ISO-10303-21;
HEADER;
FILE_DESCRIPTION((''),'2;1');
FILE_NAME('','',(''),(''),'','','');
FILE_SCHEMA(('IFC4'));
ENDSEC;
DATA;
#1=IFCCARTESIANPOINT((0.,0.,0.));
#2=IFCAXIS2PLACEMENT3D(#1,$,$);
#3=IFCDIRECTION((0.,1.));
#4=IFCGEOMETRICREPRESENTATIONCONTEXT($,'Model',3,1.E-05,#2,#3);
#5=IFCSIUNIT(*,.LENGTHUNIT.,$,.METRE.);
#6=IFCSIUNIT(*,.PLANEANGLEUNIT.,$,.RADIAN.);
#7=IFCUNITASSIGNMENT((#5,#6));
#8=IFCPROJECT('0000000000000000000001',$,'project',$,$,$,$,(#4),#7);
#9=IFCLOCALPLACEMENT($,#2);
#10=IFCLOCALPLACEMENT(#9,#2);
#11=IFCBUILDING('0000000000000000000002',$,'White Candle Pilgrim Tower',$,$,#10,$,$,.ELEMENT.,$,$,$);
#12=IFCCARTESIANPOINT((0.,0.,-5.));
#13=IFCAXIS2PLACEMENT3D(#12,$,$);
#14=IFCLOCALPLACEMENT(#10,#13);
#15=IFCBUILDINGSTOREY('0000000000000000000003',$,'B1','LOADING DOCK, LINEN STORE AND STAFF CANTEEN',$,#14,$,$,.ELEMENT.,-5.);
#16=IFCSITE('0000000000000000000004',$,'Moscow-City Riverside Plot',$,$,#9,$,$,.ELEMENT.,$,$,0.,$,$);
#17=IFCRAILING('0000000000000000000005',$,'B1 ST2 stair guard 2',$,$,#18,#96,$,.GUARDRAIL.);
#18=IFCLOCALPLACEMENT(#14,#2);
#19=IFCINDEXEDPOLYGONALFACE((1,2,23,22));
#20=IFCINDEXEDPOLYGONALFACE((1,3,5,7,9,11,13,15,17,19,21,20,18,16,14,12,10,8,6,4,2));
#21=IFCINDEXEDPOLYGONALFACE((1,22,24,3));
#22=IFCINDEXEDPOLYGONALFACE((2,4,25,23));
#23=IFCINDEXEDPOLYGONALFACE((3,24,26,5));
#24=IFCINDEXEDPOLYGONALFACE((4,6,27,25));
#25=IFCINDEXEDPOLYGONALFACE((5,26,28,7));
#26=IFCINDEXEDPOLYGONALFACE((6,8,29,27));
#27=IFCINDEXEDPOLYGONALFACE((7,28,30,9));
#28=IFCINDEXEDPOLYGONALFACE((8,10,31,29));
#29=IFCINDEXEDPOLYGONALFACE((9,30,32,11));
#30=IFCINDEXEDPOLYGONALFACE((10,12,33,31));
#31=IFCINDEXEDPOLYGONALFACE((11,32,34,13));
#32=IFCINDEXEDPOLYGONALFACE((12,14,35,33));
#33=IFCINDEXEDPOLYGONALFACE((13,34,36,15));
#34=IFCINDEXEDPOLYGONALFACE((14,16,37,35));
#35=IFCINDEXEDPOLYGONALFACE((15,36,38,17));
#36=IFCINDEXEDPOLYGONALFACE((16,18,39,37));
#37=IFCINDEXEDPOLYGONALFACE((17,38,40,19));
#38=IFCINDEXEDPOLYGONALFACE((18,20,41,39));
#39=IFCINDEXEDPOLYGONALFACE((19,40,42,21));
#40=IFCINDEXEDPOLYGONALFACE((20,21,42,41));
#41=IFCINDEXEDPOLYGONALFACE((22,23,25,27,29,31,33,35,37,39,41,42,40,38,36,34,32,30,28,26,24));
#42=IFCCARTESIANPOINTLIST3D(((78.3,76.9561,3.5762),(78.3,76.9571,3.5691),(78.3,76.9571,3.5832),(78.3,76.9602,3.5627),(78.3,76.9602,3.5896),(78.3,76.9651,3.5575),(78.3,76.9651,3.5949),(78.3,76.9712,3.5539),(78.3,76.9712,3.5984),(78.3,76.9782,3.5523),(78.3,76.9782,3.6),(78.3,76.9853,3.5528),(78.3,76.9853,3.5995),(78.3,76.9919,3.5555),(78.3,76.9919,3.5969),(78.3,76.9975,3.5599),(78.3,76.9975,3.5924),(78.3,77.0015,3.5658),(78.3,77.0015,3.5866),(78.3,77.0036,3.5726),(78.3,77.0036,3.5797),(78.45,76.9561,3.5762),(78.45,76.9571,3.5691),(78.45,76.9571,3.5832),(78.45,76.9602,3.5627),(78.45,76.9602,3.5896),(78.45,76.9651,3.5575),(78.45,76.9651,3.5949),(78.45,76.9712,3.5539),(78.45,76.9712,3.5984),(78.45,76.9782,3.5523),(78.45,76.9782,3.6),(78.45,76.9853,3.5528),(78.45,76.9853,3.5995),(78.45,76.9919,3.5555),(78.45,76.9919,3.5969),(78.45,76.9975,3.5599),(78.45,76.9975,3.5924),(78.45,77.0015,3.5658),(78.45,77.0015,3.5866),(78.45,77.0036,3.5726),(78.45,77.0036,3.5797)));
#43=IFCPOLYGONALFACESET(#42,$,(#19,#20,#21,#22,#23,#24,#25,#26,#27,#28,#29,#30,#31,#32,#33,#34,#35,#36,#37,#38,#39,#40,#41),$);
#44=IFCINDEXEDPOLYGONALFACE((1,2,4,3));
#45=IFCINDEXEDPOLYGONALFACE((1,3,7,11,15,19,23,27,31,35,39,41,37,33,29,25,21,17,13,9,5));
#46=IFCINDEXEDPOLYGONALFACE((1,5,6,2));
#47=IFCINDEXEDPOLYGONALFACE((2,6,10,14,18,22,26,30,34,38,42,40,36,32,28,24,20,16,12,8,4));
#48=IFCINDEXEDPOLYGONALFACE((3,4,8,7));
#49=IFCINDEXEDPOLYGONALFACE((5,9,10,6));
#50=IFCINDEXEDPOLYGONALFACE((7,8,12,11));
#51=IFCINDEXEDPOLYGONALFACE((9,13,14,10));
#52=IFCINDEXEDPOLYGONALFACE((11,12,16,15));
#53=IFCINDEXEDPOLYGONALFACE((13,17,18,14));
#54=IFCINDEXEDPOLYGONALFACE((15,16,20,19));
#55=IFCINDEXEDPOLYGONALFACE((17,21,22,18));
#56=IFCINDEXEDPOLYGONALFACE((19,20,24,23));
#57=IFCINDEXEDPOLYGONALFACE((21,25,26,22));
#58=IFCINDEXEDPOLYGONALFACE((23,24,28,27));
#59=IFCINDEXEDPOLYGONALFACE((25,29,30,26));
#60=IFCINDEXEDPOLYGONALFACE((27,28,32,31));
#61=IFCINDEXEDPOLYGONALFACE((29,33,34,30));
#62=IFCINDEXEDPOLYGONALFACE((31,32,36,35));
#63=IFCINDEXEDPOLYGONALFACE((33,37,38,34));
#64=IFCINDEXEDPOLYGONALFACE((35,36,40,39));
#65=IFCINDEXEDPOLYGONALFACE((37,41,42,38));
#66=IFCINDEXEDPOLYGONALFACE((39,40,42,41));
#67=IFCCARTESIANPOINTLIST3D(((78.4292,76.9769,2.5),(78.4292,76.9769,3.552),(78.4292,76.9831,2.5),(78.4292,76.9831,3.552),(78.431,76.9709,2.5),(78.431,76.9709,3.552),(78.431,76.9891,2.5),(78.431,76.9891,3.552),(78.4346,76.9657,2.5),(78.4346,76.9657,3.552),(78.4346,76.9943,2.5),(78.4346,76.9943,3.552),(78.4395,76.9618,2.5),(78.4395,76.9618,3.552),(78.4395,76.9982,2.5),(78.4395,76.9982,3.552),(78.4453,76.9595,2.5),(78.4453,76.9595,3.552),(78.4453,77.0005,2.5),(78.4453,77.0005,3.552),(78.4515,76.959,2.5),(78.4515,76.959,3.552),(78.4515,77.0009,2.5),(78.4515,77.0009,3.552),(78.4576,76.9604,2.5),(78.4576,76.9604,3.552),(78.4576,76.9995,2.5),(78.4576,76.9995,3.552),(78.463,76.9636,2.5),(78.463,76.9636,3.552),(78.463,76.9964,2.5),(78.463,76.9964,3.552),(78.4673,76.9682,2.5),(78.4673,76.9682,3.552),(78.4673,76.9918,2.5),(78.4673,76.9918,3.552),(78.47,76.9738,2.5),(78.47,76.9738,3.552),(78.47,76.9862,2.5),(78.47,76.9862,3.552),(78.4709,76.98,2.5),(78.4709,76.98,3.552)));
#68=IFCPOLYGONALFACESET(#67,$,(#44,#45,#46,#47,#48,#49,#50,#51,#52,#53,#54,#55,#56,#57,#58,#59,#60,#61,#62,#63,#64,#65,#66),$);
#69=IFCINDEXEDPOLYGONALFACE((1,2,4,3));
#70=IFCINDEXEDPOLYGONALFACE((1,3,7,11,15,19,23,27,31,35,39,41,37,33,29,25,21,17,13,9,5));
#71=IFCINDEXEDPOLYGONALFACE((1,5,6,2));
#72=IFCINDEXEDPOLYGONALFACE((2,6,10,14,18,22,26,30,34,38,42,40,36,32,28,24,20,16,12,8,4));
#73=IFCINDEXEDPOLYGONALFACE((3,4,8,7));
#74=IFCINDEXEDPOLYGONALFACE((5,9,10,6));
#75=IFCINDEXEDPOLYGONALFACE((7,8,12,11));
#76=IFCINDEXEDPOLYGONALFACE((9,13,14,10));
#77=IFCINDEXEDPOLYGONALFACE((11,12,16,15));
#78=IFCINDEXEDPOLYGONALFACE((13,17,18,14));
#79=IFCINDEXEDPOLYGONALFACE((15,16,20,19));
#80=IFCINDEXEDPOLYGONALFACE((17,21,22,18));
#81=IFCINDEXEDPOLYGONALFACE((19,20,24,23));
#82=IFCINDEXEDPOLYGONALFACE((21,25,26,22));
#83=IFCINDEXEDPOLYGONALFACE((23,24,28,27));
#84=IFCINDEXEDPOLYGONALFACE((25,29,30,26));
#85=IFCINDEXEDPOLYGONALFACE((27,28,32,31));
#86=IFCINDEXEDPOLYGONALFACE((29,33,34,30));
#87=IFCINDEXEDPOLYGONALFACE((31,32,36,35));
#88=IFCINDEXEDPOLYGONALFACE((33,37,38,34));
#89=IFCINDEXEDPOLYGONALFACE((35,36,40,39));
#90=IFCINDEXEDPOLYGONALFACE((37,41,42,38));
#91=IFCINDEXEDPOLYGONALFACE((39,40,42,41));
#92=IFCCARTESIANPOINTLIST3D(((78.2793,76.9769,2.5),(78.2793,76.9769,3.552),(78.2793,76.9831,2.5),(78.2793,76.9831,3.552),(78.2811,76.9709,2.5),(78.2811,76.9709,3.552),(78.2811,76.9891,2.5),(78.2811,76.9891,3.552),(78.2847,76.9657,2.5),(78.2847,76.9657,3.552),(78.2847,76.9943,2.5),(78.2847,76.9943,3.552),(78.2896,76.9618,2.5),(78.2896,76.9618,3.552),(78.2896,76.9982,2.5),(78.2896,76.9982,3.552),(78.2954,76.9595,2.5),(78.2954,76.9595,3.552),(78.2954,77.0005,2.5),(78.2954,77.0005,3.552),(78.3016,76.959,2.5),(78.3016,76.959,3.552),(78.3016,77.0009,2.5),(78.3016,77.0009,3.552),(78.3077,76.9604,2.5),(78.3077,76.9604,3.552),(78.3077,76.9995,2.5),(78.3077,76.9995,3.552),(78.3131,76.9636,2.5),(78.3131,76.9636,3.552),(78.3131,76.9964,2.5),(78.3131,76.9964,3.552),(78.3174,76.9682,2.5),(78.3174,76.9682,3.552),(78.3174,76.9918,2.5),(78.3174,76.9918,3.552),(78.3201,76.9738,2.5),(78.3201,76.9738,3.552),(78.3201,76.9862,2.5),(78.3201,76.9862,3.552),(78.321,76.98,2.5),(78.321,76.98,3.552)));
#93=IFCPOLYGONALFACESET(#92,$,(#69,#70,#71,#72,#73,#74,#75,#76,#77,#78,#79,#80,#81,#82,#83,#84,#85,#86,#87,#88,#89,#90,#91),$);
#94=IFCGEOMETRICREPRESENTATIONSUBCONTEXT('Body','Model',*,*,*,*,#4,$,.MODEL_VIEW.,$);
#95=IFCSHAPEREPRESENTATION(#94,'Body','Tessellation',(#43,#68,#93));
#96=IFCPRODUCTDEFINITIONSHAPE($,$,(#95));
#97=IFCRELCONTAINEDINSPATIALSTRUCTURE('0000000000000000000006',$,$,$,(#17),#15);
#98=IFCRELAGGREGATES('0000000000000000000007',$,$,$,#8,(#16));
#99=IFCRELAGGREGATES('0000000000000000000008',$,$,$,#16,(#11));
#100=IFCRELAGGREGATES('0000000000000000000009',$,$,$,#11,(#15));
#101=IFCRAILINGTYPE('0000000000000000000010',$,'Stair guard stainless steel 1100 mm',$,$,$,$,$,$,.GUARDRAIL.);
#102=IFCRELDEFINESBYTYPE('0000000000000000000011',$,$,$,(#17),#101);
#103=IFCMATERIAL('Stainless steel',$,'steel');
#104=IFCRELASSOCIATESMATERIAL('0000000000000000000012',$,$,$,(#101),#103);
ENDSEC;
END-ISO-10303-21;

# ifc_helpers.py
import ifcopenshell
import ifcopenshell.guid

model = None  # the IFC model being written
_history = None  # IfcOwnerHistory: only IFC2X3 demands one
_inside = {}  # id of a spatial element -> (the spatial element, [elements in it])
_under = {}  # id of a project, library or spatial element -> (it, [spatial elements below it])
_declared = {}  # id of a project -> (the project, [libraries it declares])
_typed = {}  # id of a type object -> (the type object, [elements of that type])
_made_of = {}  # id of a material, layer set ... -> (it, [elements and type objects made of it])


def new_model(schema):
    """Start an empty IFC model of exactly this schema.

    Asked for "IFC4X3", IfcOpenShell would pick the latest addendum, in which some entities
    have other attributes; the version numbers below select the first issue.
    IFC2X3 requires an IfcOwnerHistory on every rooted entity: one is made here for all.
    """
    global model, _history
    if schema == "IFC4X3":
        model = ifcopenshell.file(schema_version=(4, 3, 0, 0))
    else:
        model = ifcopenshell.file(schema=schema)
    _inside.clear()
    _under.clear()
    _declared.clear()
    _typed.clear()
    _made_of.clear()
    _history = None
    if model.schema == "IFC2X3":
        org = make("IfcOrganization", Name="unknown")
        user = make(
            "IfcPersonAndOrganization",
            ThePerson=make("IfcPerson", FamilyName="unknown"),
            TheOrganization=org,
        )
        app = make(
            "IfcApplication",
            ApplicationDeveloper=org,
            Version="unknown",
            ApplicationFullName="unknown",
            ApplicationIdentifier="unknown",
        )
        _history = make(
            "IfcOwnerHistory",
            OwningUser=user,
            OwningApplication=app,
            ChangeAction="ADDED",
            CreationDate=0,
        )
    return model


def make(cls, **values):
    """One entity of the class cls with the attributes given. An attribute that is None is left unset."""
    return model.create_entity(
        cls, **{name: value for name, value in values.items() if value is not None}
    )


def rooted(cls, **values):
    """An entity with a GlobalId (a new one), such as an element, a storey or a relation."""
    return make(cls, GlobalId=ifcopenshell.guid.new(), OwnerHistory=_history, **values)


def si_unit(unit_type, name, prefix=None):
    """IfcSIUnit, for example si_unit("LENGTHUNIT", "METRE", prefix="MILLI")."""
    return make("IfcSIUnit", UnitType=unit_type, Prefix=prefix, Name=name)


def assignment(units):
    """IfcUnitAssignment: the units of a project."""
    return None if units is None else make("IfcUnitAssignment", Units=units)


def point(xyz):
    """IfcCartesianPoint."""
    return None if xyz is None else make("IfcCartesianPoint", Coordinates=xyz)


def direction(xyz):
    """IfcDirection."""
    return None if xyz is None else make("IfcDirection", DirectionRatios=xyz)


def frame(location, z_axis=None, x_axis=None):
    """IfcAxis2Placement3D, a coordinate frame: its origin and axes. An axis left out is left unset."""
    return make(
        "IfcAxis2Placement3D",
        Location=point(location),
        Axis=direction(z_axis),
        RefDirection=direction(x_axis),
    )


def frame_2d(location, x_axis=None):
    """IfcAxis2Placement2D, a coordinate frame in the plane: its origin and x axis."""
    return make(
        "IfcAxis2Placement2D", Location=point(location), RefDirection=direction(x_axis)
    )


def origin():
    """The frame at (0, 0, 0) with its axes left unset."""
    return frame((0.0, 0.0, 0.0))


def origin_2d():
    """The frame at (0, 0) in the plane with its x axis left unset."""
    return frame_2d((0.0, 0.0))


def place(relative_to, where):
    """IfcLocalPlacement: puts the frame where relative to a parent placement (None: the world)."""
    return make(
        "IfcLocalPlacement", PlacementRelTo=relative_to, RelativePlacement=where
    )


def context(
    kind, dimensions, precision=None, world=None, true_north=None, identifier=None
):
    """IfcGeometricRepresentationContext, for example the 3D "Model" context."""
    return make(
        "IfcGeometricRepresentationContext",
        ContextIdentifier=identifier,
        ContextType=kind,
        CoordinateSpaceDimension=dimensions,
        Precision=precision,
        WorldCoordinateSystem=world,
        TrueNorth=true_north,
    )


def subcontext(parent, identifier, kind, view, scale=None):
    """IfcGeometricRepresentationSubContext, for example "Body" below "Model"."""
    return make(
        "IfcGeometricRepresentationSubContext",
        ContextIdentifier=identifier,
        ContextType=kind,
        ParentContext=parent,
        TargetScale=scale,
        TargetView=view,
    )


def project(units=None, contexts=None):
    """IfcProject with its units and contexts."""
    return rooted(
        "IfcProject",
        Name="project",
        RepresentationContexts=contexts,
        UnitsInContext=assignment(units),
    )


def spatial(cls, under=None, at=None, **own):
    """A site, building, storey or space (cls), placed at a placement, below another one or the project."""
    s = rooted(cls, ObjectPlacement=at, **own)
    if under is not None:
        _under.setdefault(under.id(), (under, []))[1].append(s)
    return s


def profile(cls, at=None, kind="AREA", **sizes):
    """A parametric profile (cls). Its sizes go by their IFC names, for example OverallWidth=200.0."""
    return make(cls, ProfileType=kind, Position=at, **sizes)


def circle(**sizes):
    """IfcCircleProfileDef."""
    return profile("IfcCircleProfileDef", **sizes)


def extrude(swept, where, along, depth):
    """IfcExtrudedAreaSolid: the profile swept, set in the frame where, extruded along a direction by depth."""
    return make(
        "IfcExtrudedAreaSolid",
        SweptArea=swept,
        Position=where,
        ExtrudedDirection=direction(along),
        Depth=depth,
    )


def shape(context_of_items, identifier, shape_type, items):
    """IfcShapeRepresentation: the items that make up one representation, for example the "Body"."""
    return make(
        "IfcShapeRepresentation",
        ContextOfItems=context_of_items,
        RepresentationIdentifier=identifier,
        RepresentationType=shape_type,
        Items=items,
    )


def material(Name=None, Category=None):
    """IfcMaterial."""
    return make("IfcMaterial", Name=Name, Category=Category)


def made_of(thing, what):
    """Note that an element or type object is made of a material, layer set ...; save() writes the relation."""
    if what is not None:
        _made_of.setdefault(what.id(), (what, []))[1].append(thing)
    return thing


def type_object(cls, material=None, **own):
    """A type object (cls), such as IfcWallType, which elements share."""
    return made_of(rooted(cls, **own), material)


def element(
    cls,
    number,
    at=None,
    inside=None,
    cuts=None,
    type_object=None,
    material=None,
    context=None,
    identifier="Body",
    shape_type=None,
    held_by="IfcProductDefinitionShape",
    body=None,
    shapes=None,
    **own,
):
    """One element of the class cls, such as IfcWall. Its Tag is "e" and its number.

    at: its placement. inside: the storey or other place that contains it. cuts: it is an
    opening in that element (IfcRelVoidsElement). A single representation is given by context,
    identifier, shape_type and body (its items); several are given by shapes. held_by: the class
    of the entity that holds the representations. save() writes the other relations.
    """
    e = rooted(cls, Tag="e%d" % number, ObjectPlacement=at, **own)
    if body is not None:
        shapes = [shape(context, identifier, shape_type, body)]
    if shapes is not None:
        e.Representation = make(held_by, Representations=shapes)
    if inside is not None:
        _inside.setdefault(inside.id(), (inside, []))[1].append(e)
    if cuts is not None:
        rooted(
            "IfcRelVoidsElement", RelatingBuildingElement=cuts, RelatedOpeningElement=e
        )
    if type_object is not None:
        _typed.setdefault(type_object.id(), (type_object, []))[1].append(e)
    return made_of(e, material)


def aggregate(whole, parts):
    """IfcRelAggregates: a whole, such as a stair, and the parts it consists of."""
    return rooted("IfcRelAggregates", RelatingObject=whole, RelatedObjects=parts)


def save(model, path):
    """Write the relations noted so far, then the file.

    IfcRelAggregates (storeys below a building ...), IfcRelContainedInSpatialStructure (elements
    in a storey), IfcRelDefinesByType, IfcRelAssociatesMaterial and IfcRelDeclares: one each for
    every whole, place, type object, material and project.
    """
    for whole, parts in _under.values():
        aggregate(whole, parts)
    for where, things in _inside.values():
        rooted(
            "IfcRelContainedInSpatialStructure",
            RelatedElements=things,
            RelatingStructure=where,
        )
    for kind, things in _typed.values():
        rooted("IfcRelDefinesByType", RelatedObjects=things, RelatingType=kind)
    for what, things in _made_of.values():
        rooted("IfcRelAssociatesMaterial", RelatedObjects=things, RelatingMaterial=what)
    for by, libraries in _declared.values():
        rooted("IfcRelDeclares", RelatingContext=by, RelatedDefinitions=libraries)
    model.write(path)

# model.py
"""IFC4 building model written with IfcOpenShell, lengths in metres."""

from ifc_helpers import new_model, si_unit, direction, frame, origin, origin_2d, place, context, subcontext, project, spatial, circle, extrude, material, type_object, element, save


model = new_model("IFC4")

# Units and contexts
model_context = context("Model", 3, precision=1e-05, world=origin(), true_north=direction((0.0, 1.0)))
body_context = subcontext(model_context, "Body", "Model", "MODEL_VIEW")
ifc_project = project(units=[si_unit("LENGTHUNIT", "METRE"), si_unit("PLANEANGLEUNIT", "RADIAN")], contexts=[model_context])

# Site, building, storey
site_placement = place(None, origin())
site = spatial("IfcSite", under=ifc_project, at=site_placement, Name="Moscow-City Riverside Plot", CompositionType="ELEMENT", RefElevation=0.0)
building_placement = place(site_placement, origin())
building = spatial("IfcBuilding", under=site, at=building_placement, Name="White Candle Pilgrim Tower", CompositionType="ELEMENT")
storey_placement = place(building_placement, frame((0.0, 0.0, -5.0)))
storey = spatial("IfcBuildingStorey", under=building, at=storey_placement, Name="B1", Description="LOADING DOCK, LINEN STORE AND STAFF CANTEEN", CompositionType="ELEMENT", Elevation=-5.0)

# Railing
ifc_material_1 = material(Name="Stainless steel", Category="steel")
railing_type_1 = type_object("IfcRailingType", Name="Stair guard stainless steel 1100 mm", PredefinedType="GUARDRAIL", material=ifc_material_1)
railing_1_placement = place(storey_placement, frame((78.45, 76.98, 2.5)))
element("IfcRailing", 1, at=railing_1_placement, inside=storey, type_object=railing_type_1, Name="B1 ST2 stair guard 2", PredefinedType="GUARDRAIL", context=body_context, shape_type="SweptSolid", body=[
    extrude(circle(Radius=0.0239, at=origin_2d()), frame((0.0, 0.0, 1.0762), z_axis=(-1.0, 0.0, 0.0), x_axis=(0.0, -1.0, 0.0)), (0.0, 0.0, 1.0), 0.1499),
    extrude(circle(Radius=0.021, at=origin_2d()), origin(), (0.0, 0.0, 1.0), 1.052),
    extrude(circle(Radius=0.021, at=origin_2d()), frame((-0.1499, 0.0, 0.0)), (0.0, 0.0, 1.0), 1.052),
])

save(model, "model.ifc")
